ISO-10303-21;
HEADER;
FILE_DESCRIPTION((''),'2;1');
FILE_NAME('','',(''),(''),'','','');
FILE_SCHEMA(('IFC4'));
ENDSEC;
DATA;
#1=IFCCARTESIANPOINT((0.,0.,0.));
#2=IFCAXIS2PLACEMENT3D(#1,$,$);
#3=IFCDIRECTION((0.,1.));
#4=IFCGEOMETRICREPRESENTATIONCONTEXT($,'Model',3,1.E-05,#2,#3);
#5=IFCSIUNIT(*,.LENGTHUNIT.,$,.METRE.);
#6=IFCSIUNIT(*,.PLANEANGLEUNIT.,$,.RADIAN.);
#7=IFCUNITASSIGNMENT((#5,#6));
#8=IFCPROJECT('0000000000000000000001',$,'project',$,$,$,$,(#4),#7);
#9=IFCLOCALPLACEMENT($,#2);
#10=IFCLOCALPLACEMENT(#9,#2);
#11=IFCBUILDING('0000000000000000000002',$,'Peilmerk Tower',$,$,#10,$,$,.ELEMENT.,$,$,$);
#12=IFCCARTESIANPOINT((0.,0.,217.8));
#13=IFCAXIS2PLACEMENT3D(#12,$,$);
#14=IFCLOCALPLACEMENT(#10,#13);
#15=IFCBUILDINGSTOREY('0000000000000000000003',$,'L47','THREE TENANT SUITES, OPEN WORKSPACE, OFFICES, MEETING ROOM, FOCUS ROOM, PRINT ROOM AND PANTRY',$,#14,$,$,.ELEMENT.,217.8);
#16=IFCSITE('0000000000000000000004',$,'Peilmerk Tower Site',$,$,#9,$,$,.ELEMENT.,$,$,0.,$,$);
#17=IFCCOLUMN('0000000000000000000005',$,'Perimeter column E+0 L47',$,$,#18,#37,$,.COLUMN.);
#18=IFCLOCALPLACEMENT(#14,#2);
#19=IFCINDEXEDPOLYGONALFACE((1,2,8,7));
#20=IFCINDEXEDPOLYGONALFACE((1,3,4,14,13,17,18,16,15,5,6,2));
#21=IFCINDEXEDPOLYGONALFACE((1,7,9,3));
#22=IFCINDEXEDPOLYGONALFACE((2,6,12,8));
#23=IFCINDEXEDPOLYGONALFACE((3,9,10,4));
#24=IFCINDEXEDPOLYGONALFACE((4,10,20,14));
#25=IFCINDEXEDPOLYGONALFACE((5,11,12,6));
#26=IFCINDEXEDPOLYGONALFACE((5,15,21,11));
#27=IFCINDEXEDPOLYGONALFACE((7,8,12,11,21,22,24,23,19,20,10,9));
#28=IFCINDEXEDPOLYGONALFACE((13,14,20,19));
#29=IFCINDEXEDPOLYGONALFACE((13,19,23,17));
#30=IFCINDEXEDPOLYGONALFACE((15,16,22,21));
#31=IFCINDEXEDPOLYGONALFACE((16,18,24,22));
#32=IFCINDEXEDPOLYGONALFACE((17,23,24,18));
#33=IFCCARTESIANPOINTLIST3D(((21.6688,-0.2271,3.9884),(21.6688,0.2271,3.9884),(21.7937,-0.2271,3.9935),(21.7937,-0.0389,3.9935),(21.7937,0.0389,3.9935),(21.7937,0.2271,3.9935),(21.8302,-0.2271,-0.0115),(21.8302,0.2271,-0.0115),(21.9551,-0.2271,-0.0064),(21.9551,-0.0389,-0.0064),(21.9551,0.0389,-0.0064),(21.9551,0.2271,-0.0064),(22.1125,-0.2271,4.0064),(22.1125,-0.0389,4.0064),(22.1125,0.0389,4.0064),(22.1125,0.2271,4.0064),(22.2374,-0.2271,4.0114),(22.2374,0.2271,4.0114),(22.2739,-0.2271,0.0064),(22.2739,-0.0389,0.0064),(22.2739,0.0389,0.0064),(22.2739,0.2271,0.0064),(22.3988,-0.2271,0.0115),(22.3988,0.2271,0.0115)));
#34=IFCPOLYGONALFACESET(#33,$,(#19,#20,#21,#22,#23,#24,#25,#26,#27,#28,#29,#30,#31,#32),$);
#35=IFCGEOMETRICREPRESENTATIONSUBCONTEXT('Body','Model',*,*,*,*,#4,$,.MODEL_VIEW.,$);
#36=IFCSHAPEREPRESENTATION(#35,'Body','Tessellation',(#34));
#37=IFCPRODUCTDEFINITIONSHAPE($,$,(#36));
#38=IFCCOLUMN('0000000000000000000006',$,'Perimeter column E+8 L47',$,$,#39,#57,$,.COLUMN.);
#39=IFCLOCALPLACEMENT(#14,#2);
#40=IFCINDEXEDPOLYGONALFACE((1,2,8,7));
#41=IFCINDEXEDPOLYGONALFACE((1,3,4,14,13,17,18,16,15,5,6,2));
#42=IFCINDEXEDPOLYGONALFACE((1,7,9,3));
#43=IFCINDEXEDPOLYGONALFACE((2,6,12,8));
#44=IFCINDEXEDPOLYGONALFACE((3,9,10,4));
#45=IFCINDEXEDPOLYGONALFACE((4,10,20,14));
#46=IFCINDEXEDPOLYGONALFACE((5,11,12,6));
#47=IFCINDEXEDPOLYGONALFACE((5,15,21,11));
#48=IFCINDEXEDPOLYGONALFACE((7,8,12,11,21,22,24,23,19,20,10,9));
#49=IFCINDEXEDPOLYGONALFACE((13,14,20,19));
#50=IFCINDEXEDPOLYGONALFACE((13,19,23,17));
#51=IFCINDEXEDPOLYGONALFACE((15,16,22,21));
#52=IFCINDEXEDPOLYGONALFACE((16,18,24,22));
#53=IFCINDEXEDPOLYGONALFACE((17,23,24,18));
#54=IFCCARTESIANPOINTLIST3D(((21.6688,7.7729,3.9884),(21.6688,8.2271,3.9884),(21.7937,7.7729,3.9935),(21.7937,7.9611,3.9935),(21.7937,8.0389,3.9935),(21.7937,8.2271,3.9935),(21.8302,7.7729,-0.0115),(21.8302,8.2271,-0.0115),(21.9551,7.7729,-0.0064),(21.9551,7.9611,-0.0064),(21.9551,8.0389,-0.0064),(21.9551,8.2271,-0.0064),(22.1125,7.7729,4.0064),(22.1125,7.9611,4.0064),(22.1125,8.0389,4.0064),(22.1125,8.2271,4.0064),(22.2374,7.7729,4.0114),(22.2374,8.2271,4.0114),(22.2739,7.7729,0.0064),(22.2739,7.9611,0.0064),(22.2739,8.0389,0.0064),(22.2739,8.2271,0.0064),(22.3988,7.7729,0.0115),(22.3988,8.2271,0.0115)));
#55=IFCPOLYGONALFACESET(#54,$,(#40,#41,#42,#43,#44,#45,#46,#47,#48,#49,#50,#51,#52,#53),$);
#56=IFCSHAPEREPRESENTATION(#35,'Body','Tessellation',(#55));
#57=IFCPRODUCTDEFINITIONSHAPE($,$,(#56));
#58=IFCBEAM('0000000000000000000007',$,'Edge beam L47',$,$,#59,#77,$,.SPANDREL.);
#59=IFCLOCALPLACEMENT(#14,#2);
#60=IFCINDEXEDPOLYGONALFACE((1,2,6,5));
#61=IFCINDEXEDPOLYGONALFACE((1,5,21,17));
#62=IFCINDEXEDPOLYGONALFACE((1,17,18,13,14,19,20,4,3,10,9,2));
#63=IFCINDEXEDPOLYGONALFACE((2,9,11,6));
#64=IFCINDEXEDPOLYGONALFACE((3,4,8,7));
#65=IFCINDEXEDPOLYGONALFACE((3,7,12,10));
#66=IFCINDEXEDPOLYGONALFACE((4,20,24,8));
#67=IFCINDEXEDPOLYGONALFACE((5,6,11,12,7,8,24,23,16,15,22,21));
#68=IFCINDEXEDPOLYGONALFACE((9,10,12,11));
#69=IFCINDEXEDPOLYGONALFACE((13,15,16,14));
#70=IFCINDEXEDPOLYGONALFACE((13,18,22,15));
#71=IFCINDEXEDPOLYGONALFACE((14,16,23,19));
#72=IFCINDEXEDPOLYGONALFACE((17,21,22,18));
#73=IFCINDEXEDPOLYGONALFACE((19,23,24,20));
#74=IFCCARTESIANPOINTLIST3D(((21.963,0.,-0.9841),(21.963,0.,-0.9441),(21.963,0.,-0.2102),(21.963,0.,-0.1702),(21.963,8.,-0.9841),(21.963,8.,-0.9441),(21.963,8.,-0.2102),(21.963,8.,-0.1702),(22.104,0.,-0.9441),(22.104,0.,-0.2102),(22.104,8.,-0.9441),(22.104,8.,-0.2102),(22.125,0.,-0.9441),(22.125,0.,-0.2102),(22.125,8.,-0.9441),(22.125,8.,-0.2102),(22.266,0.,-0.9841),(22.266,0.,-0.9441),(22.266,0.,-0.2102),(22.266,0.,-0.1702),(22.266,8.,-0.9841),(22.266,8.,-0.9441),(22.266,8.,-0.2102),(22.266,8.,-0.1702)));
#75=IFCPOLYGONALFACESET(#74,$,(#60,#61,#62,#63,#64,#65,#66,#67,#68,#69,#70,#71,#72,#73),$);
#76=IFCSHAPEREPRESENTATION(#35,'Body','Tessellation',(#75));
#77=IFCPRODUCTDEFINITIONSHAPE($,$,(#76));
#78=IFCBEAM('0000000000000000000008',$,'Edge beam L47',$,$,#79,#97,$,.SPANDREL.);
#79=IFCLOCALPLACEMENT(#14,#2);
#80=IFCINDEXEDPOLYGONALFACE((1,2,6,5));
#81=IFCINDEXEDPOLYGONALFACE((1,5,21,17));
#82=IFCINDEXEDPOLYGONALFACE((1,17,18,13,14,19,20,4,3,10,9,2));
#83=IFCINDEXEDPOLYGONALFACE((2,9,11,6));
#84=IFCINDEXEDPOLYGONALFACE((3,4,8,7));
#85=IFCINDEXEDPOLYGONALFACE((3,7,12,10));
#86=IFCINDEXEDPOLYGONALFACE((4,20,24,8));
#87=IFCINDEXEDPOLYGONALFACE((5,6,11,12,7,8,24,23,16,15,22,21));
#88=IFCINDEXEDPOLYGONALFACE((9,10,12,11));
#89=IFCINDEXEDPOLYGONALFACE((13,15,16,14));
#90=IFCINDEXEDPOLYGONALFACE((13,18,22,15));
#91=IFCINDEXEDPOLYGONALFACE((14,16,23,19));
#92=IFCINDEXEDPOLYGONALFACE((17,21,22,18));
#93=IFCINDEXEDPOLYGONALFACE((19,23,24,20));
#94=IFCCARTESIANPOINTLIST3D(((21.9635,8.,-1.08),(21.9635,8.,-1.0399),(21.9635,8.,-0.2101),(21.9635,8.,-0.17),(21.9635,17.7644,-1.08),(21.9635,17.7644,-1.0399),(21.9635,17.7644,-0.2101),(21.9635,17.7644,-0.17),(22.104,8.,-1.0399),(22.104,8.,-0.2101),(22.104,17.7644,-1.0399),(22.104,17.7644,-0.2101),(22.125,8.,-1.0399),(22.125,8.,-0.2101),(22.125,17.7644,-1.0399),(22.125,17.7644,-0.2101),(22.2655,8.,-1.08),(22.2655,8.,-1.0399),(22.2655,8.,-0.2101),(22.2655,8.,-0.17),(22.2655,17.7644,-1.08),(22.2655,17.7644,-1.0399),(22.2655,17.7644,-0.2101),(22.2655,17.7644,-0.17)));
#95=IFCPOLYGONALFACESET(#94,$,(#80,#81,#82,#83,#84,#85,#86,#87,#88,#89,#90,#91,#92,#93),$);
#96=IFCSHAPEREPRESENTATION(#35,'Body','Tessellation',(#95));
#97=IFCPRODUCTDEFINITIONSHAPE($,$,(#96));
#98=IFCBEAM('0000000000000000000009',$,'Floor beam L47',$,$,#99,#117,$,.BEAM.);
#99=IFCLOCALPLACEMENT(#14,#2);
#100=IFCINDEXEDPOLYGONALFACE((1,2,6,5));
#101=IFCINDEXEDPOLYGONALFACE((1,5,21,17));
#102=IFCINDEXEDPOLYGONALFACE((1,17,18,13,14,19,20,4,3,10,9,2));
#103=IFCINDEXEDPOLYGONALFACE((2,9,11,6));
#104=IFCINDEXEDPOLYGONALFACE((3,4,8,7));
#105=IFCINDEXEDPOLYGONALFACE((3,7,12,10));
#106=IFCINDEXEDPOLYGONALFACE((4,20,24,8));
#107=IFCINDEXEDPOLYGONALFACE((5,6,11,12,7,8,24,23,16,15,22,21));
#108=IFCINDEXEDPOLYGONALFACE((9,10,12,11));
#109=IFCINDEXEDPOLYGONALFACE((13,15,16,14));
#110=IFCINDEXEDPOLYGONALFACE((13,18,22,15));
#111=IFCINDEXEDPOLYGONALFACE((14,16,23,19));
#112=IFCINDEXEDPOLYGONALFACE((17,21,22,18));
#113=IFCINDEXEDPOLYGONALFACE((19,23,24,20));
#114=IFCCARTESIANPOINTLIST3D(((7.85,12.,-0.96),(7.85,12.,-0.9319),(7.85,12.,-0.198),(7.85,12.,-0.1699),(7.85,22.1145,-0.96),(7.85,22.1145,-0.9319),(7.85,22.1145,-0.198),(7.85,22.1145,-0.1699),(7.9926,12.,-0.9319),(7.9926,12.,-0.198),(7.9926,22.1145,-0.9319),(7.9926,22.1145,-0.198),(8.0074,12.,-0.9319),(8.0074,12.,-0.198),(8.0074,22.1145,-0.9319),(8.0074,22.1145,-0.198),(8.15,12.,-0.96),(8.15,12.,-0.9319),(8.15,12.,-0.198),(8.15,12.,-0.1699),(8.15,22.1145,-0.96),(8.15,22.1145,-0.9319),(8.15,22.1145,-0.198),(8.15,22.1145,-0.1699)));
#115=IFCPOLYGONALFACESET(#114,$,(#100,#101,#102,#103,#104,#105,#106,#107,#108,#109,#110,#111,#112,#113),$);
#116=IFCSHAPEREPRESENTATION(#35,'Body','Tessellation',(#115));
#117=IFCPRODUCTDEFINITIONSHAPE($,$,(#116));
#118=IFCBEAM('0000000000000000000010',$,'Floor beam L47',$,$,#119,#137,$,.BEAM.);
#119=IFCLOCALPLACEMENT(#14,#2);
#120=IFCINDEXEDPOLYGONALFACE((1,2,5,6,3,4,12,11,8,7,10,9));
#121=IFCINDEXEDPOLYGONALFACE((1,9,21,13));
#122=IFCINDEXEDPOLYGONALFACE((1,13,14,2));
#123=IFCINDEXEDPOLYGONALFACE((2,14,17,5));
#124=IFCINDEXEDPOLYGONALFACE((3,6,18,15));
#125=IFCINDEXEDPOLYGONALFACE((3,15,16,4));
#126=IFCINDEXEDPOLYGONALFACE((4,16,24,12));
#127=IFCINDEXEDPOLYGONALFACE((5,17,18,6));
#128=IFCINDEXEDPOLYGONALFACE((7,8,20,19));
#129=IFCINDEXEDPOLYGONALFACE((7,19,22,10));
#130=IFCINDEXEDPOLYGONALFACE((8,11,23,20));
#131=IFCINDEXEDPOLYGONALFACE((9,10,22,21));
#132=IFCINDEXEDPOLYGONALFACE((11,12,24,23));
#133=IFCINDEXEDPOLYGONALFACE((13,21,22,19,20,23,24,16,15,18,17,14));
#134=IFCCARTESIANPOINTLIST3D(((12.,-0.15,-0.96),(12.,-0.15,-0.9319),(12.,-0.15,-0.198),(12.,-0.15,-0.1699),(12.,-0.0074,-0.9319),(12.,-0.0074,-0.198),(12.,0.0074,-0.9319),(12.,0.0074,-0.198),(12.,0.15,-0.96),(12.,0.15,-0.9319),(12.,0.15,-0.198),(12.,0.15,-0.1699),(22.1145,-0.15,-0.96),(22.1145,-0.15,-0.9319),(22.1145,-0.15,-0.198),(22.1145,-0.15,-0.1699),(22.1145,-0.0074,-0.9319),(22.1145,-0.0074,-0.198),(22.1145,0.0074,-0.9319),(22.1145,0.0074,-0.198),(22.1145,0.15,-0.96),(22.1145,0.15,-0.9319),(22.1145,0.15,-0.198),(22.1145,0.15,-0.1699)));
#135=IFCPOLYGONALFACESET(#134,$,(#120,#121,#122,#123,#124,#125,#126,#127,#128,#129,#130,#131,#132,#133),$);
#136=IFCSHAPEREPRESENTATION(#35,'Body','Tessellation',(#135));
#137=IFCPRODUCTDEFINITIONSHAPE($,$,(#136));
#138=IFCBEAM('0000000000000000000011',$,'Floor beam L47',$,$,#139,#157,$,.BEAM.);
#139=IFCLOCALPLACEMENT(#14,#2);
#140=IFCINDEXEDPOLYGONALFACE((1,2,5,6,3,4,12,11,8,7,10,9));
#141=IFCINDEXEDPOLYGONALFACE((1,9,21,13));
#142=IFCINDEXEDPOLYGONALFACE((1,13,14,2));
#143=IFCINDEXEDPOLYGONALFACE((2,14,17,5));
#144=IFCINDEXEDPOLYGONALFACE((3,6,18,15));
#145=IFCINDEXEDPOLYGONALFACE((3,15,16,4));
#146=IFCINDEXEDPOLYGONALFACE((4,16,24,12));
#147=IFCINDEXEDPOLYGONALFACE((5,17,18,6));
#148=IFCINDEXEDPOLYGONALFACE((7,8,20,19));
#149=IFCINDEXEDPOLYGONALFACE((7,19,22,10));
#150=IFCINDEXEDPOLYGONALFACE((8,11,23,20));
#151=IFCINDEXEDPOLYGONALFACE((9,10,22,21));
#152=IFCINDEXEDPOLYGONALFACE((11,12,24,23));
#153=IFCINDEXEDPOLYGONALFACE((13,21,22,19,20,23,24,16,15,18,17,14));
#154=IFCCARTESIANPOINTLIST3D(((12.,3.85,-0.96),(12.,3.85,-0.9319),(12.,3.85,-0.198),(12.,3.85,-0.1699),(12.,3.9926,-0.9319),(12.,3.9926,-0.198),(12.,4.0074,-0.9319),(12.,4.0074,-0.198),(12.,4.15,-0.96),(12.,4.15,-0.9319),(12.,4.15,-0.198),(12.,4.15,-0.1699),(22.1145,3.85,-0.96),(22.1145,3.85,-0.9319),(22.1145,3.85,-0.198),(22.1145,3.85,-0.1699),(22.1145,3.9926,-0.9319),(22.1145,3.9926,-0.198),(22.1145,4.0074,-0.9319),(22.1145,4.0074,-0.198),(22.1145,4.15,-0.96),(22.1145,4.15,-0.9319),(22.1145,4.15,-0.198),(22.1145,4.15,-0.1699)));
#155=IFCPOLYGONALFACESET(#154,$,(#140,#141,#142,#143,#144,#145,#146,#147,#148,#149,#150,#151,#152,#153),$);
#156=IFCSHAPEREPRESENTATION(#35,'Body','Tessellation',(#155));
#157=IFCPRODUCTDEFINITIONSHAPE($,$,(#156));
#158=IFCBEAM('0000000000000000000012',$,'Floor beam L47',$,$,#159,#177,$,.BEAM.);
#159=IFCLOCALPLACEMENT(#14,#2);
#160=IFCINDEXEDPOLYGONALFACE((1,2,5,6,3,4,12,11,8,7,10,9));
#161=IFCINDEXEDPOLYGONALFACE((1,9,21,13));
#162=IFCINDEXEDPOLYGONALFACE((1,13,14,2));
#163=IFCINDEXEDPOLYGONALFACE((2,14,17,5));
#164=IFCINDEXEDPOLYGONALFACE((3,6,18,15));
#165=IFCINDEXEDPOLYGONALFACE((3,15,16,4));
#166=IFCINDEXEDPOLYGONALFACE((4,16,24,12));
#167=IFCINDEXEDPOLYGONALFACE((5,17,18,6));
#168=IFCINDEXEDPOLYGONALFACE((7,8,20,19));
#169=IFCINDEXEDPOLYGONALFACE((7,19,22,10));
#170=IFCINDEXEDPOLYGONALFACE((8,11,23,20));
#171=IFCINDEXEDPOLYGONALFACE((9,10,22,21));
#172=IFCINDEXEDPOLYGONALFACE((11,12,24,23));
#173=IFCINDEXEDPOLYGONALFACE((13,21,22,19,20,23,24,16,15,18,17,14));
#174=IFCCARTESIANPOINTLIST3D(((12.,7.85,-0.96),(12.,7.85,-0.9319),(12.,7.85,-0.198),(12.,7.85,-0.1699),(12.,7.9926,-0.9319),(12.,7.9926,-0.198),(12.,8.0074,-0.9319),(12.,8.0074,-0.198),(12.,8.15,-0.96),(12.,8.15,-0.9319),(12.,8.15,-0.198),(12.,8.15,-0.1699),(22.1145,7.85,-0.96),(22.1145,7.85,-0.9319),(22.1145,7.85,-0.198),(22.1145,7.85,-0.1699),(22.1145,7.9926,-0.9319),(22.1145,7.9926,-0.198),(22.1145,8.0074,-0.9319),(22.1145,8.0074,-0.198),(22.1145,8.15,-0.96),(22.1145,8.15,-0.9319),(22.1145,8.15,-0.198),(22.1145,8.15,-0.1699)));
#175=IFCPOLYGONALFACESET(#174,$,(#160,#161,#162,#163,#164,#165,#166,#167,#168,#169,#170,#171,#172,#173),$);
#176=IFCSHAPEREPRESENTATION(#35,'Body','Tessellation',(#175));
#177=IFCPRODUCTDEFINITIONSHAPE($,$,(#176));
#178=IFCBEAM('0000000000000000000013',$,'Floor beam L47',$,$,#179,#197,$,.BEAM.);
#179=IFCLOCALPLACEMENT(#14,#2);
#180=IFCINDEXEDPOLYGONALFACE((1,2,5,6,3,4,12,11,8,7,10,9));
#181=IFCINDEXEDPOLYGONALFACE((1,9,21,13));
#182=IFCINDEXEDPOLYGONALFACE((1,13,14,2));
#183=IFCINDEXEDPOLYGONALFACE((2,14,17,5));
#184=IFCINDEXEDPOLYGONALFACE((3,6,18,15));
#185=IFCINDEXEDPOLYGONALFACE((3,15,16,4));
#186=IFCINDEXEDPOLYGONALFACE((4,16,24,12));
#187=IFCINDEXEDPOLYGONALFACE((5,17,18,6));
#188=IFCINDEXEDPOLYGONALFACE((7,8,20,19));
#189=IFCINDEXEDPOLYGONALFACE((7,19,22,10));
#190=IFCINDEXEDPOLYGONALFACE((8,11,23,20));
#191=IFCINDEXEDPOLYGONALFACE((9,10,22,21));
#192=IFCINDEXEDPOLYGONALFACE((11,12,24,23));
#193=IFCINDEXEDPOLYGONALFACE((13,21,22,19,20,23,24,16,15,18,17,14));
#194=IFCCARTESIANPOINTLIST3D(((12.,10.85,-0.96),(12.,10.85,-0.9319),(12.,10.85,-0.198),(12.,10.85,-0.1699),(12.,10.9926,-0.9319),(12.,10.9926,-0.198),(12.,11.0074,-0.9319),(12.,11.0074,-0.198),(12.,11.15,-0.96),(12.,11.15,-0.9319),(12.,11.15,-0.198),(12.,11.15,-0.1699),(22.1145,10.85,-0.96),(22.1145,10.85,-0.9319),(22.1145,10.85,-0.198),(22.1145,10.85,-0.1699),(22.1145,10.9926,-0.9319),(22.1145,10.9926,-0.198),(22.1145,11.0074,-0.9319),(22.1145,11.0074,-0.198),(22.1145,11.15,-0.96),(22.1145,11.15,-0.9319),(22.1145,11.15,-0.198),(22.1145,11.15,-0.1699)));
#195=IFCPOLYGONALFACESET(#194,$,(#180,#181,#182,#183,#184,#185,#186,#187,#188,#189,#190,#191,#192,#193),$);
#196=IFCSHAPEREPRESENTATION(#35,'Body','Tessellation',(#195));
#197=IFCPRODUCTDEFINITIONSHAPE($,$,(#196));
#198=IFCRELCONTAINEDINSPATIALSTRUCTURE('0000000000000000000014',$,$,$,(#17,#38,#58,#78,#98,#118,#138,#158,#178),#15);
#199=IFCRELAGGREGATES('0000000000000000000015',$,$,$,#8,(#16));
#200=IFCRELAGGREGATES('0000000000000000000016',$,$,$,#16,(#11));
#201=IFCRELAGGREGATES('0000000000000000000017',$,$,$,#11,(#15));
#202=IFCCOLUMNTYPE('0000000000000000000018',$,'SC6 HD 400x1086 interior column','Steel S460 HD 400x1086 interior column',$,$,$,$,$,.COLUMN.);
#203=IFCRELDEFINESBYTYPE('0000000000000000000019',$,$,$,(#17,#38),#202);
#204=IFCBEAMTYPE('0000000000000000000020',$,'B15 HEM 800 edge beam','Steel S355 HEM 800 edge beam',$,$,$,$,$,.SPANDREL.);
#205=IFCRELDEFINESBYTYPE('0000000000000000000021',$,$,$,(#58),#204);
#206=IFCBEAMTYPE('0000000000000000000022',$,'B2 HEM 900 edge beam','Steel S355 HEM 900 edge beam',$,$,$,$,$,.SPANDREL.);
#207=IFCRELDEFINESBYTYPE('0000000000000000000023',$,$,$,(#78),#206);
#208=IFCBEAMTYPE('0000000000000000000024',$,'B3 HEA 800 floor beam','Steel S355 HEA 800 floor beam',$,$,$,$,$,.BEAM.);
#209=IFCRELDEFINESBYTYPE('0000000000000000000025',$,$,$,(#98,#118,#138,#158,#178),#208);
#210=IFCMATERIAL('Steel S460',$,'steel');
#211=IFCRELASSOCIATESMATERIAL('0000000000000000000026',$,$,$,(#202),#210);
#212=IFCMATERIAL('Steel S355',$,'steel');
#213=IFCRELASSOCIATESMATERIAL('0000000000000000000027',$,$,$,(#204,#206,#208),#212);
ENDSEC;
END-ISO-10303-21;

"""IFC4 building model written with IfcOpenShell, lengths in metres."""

from ifc_helpers import new_model, si_unit, direction, frame, origin, origin_2d, place, context, subcontext, project, spatial, i_section, extrude, material, material_profile, profile_set, type_object, element, save


model = new_model("IFC4")

# Units and contexts
model_context = context("Model", 3, precision=1e-05, world=origin(), true_north=direction((0.0, 1.0)))
body_context = subcontext(model_context, "Body", "Model", "MODEL_VIEW")
ifc_project = project(units=[si_unit("LENGTHUNIT", "METRE"), si_unit("PLANEANGLEUNIT", "RADIAN")], contexts=[model_context])

# Site, building, storey
site_placement = place(None, origin())
site = spatial("IfcSite", under=ifc_project, at=site_placement, Name="Peilmerk Tower Site", CompositionType="ELEMENT", RefElevation=0.0)
building_placement = place(site_placement, origin())
building = spatial("IfcBuilding", under=site, at=building_placement, Name="Peilmerk Tower", CompositionType="ELEMENT")
storey_placement = place(building_placement, frame((0.0, 0.0, 217.8)))
storey = spatial("IfcBuildingStorey", under=building, at=storey_placement, Name="L47", Description="THREE TENANT SUITES, OPEN WORKSPACE, OFFICES, MEETING ROOM, FOCUS ROOM, PRINT ROOM AND PANTRY", CompositionType="ELEMENT", Elevation=217.8)

# Columns
ifc_material_1 = material(Name="Steel S460", Category="steel")
ifc_material_profile_1 = material_profile(ifc_material_1, i_section(OverallWidth=0.4541, OverallDepth=0.5691, WebThickness=0.0779, FlangeThickness=0.125, at=origin_2d()), Name="HD 400x1086")
ifc_profile_set_1 = profile_set([ifc_material_profile_1], Name="Steel S460")
column_type = type_object("IfcColumnType", Name="SC6 HD 400x1086 interior column", Description="Steel S460 HD 400x1086 interior column", PredefinedType="COLUMN", material=ifc_profile_set_1)
for number, where, z_axis, x_axis, name in (
    (1, (22.1145, 0.0, 0.0), (-0.040311, 0.0, 0.999187), (0.0, -1.0, 0.0), "Perimeter column E+0 L47"),
    (2, (22.1145, 8.0, 0.0), (-0.040311, 0.0, 0.999187), (0.0, -1.0, 0.0), "Perimeter column E+8 L47"),
):
    element("IfcColumn", number, at=place(storey_placement, frame(where, z_axis=z_axis, x_axis=x_axis)), inside=storey, type_object=column_type, Name=name, PredefinedType="COLUMN", context=body_context, shape_type="SweptSolid", body=[
        extrude(i_section(OverallWidth=0.4541, OverallDepth=0.5691, WebThickness=0.0779, FlangeThickness=0.125, at=origin_2d()), origin(), (0.0, 0.0, 1.0), 4.0032),
    ])

# Beams
ifc_material_2 = material(Name="Steel S355", Category="steel")
ifc_material_profile_2 = material_profile(ifc_material_2, i_section(OverallWidth=0.303, OverallDepth=0.814, WebThickness=0.021, FlangeThickness=0.04, at=origin_2d()), Name="HEM 800")
ifc_profile_set_2 = profile_set([ifc_material_profile_2], Name="Steel S355")
beam_type_1 = type_object("IfcBeamType", Name="B15 HEM 800 edge beam", Description="Steel S355 HEM 800 edge beam", PredefinedType="SPANDREL", material=ifc_profile_set_2)
beam_1_placement = place(storey_placement, frame((22.1145, 0.0, -0.5771), z_axis=(0.0, 1.0, 0.0), x_axis=(-1.0, 0.0, 0.0)))
element("IfcBeam", 3, at=beam_1_placement, inside=storey, type_object=beam_type_1, Name="Edge beam L47", PredefinedType="SPANDREL", context=body_context, shape_type="SweptSolid", body=[
    extrude(i_section(OverallWidth=0.303, OverallDepth=0.814, WebThickness=0.021, FlangeThickness=0.04, at=origin_2d()), origin(), (0.0, 0.0, 1.0), 8.0),
])
ifc_material_profile_3 = material_profile(ifc_material_2, i_section(OverallWidth=0.302, OverallDepth=0.9099, WebThickness=0.021, FlangeThickness=0.04, at=origin_2d()), Name="HEM 900")
ifc_profile_set_3 = profile_set([ifc_material_profile_3], Name="Steel S355")
beam_type_2 = type_object("IfcBeamType", Name="B2 HEM 900 edge beam", Description="Steel S355 HEM 900 edge beam", PredefinedType="SPANDREL", material=ifc_profile_set_3)
beam_2_placement = place(storey_placement, frame((22.1145, 8.0, -0.625), z_axis=(0.0, 1.0, 0.0), x_axis=(-1.0, 0.0, 0.0)))
element("IfcBeam", 4, at=beam_2_placement, inside=storey, type_object=beam_type_2, Name="Edge beam L47", PredefinedType="SPANDREL", context=body_context, shape_type="SweptSolid", body=[
    extrude(i_section(OverallWidth=0.302, OverallDepth=0.9099, WebThickness=0.021, FlangeThickness=0.04, at=origin_2d()), origin(), (0.0, 0.0, 1.0), 9.7644),
])
ifc_material_profile_4 = material_profile(ifc_material_2, i_section(OverallWidth=0.3, OverallDepth=0.79, WebThickness=0.0149, FlangeThickness=0.0281, at=origin_2d()), Name="HEA 800")
ifc_profile_set_4 = profile_set([ifc_material_profile_4], Name="Steel S355")
beam_type_3 = type_object("IfcBeamType", Name="B3 HEA 800 floor beam", Description="Steel S355 HEA 800 floor beam", PredefinedType="BEAM", material=ifc_profile_set_4)
for number, where, z_axis, x_axis, name in (
    (5, (8.0, 12.0, -0.5649), (0.0, 1.0, 0.0), (-1.0, 0.0, 0.0), "Floor beam L47"),
    (6, (12.0, 0.0, -0.5649), (1.0, 0.0, 0.0), (0.0, 1.0, 0.0), "Floor beam L47"),
    (7, (12.0, 4.0, -0.5649), (1.0, 0.0, 0.0), (0.0, 1.0, 0.0), "Floor beam L47"),
    (8, (12.0, 8.0, -0.5649), (1.0, 0.0, 0.0), (0.0, 1.0, 0.0), "Floor beam L47"),
    (9, (12.0, 11.0, -0.5649), (1.0, 0.0, 0.0), (0.0, 1.0, 0.0), "Floor beam L47"),
):
    element("IfcBeam", number, at=place(storey_placement, frame(where, z_axis=z_axis, x_axis=x_axis)), inside=storey, type_object=beam_type_3, Name=name, PredefinedType="BEAM", context=body_context, shape_type="SweptSolid", body=[
        extrude(i_section(OverallWidth=0.3, OverallDepth=0.79, WebThickness=0.0149, FlangeThickness=0.0281, at=origin_2d()), origin(), (0.0, 0.0, 1.0), 10.1145),
    ])

save(model, "model.ifc")
